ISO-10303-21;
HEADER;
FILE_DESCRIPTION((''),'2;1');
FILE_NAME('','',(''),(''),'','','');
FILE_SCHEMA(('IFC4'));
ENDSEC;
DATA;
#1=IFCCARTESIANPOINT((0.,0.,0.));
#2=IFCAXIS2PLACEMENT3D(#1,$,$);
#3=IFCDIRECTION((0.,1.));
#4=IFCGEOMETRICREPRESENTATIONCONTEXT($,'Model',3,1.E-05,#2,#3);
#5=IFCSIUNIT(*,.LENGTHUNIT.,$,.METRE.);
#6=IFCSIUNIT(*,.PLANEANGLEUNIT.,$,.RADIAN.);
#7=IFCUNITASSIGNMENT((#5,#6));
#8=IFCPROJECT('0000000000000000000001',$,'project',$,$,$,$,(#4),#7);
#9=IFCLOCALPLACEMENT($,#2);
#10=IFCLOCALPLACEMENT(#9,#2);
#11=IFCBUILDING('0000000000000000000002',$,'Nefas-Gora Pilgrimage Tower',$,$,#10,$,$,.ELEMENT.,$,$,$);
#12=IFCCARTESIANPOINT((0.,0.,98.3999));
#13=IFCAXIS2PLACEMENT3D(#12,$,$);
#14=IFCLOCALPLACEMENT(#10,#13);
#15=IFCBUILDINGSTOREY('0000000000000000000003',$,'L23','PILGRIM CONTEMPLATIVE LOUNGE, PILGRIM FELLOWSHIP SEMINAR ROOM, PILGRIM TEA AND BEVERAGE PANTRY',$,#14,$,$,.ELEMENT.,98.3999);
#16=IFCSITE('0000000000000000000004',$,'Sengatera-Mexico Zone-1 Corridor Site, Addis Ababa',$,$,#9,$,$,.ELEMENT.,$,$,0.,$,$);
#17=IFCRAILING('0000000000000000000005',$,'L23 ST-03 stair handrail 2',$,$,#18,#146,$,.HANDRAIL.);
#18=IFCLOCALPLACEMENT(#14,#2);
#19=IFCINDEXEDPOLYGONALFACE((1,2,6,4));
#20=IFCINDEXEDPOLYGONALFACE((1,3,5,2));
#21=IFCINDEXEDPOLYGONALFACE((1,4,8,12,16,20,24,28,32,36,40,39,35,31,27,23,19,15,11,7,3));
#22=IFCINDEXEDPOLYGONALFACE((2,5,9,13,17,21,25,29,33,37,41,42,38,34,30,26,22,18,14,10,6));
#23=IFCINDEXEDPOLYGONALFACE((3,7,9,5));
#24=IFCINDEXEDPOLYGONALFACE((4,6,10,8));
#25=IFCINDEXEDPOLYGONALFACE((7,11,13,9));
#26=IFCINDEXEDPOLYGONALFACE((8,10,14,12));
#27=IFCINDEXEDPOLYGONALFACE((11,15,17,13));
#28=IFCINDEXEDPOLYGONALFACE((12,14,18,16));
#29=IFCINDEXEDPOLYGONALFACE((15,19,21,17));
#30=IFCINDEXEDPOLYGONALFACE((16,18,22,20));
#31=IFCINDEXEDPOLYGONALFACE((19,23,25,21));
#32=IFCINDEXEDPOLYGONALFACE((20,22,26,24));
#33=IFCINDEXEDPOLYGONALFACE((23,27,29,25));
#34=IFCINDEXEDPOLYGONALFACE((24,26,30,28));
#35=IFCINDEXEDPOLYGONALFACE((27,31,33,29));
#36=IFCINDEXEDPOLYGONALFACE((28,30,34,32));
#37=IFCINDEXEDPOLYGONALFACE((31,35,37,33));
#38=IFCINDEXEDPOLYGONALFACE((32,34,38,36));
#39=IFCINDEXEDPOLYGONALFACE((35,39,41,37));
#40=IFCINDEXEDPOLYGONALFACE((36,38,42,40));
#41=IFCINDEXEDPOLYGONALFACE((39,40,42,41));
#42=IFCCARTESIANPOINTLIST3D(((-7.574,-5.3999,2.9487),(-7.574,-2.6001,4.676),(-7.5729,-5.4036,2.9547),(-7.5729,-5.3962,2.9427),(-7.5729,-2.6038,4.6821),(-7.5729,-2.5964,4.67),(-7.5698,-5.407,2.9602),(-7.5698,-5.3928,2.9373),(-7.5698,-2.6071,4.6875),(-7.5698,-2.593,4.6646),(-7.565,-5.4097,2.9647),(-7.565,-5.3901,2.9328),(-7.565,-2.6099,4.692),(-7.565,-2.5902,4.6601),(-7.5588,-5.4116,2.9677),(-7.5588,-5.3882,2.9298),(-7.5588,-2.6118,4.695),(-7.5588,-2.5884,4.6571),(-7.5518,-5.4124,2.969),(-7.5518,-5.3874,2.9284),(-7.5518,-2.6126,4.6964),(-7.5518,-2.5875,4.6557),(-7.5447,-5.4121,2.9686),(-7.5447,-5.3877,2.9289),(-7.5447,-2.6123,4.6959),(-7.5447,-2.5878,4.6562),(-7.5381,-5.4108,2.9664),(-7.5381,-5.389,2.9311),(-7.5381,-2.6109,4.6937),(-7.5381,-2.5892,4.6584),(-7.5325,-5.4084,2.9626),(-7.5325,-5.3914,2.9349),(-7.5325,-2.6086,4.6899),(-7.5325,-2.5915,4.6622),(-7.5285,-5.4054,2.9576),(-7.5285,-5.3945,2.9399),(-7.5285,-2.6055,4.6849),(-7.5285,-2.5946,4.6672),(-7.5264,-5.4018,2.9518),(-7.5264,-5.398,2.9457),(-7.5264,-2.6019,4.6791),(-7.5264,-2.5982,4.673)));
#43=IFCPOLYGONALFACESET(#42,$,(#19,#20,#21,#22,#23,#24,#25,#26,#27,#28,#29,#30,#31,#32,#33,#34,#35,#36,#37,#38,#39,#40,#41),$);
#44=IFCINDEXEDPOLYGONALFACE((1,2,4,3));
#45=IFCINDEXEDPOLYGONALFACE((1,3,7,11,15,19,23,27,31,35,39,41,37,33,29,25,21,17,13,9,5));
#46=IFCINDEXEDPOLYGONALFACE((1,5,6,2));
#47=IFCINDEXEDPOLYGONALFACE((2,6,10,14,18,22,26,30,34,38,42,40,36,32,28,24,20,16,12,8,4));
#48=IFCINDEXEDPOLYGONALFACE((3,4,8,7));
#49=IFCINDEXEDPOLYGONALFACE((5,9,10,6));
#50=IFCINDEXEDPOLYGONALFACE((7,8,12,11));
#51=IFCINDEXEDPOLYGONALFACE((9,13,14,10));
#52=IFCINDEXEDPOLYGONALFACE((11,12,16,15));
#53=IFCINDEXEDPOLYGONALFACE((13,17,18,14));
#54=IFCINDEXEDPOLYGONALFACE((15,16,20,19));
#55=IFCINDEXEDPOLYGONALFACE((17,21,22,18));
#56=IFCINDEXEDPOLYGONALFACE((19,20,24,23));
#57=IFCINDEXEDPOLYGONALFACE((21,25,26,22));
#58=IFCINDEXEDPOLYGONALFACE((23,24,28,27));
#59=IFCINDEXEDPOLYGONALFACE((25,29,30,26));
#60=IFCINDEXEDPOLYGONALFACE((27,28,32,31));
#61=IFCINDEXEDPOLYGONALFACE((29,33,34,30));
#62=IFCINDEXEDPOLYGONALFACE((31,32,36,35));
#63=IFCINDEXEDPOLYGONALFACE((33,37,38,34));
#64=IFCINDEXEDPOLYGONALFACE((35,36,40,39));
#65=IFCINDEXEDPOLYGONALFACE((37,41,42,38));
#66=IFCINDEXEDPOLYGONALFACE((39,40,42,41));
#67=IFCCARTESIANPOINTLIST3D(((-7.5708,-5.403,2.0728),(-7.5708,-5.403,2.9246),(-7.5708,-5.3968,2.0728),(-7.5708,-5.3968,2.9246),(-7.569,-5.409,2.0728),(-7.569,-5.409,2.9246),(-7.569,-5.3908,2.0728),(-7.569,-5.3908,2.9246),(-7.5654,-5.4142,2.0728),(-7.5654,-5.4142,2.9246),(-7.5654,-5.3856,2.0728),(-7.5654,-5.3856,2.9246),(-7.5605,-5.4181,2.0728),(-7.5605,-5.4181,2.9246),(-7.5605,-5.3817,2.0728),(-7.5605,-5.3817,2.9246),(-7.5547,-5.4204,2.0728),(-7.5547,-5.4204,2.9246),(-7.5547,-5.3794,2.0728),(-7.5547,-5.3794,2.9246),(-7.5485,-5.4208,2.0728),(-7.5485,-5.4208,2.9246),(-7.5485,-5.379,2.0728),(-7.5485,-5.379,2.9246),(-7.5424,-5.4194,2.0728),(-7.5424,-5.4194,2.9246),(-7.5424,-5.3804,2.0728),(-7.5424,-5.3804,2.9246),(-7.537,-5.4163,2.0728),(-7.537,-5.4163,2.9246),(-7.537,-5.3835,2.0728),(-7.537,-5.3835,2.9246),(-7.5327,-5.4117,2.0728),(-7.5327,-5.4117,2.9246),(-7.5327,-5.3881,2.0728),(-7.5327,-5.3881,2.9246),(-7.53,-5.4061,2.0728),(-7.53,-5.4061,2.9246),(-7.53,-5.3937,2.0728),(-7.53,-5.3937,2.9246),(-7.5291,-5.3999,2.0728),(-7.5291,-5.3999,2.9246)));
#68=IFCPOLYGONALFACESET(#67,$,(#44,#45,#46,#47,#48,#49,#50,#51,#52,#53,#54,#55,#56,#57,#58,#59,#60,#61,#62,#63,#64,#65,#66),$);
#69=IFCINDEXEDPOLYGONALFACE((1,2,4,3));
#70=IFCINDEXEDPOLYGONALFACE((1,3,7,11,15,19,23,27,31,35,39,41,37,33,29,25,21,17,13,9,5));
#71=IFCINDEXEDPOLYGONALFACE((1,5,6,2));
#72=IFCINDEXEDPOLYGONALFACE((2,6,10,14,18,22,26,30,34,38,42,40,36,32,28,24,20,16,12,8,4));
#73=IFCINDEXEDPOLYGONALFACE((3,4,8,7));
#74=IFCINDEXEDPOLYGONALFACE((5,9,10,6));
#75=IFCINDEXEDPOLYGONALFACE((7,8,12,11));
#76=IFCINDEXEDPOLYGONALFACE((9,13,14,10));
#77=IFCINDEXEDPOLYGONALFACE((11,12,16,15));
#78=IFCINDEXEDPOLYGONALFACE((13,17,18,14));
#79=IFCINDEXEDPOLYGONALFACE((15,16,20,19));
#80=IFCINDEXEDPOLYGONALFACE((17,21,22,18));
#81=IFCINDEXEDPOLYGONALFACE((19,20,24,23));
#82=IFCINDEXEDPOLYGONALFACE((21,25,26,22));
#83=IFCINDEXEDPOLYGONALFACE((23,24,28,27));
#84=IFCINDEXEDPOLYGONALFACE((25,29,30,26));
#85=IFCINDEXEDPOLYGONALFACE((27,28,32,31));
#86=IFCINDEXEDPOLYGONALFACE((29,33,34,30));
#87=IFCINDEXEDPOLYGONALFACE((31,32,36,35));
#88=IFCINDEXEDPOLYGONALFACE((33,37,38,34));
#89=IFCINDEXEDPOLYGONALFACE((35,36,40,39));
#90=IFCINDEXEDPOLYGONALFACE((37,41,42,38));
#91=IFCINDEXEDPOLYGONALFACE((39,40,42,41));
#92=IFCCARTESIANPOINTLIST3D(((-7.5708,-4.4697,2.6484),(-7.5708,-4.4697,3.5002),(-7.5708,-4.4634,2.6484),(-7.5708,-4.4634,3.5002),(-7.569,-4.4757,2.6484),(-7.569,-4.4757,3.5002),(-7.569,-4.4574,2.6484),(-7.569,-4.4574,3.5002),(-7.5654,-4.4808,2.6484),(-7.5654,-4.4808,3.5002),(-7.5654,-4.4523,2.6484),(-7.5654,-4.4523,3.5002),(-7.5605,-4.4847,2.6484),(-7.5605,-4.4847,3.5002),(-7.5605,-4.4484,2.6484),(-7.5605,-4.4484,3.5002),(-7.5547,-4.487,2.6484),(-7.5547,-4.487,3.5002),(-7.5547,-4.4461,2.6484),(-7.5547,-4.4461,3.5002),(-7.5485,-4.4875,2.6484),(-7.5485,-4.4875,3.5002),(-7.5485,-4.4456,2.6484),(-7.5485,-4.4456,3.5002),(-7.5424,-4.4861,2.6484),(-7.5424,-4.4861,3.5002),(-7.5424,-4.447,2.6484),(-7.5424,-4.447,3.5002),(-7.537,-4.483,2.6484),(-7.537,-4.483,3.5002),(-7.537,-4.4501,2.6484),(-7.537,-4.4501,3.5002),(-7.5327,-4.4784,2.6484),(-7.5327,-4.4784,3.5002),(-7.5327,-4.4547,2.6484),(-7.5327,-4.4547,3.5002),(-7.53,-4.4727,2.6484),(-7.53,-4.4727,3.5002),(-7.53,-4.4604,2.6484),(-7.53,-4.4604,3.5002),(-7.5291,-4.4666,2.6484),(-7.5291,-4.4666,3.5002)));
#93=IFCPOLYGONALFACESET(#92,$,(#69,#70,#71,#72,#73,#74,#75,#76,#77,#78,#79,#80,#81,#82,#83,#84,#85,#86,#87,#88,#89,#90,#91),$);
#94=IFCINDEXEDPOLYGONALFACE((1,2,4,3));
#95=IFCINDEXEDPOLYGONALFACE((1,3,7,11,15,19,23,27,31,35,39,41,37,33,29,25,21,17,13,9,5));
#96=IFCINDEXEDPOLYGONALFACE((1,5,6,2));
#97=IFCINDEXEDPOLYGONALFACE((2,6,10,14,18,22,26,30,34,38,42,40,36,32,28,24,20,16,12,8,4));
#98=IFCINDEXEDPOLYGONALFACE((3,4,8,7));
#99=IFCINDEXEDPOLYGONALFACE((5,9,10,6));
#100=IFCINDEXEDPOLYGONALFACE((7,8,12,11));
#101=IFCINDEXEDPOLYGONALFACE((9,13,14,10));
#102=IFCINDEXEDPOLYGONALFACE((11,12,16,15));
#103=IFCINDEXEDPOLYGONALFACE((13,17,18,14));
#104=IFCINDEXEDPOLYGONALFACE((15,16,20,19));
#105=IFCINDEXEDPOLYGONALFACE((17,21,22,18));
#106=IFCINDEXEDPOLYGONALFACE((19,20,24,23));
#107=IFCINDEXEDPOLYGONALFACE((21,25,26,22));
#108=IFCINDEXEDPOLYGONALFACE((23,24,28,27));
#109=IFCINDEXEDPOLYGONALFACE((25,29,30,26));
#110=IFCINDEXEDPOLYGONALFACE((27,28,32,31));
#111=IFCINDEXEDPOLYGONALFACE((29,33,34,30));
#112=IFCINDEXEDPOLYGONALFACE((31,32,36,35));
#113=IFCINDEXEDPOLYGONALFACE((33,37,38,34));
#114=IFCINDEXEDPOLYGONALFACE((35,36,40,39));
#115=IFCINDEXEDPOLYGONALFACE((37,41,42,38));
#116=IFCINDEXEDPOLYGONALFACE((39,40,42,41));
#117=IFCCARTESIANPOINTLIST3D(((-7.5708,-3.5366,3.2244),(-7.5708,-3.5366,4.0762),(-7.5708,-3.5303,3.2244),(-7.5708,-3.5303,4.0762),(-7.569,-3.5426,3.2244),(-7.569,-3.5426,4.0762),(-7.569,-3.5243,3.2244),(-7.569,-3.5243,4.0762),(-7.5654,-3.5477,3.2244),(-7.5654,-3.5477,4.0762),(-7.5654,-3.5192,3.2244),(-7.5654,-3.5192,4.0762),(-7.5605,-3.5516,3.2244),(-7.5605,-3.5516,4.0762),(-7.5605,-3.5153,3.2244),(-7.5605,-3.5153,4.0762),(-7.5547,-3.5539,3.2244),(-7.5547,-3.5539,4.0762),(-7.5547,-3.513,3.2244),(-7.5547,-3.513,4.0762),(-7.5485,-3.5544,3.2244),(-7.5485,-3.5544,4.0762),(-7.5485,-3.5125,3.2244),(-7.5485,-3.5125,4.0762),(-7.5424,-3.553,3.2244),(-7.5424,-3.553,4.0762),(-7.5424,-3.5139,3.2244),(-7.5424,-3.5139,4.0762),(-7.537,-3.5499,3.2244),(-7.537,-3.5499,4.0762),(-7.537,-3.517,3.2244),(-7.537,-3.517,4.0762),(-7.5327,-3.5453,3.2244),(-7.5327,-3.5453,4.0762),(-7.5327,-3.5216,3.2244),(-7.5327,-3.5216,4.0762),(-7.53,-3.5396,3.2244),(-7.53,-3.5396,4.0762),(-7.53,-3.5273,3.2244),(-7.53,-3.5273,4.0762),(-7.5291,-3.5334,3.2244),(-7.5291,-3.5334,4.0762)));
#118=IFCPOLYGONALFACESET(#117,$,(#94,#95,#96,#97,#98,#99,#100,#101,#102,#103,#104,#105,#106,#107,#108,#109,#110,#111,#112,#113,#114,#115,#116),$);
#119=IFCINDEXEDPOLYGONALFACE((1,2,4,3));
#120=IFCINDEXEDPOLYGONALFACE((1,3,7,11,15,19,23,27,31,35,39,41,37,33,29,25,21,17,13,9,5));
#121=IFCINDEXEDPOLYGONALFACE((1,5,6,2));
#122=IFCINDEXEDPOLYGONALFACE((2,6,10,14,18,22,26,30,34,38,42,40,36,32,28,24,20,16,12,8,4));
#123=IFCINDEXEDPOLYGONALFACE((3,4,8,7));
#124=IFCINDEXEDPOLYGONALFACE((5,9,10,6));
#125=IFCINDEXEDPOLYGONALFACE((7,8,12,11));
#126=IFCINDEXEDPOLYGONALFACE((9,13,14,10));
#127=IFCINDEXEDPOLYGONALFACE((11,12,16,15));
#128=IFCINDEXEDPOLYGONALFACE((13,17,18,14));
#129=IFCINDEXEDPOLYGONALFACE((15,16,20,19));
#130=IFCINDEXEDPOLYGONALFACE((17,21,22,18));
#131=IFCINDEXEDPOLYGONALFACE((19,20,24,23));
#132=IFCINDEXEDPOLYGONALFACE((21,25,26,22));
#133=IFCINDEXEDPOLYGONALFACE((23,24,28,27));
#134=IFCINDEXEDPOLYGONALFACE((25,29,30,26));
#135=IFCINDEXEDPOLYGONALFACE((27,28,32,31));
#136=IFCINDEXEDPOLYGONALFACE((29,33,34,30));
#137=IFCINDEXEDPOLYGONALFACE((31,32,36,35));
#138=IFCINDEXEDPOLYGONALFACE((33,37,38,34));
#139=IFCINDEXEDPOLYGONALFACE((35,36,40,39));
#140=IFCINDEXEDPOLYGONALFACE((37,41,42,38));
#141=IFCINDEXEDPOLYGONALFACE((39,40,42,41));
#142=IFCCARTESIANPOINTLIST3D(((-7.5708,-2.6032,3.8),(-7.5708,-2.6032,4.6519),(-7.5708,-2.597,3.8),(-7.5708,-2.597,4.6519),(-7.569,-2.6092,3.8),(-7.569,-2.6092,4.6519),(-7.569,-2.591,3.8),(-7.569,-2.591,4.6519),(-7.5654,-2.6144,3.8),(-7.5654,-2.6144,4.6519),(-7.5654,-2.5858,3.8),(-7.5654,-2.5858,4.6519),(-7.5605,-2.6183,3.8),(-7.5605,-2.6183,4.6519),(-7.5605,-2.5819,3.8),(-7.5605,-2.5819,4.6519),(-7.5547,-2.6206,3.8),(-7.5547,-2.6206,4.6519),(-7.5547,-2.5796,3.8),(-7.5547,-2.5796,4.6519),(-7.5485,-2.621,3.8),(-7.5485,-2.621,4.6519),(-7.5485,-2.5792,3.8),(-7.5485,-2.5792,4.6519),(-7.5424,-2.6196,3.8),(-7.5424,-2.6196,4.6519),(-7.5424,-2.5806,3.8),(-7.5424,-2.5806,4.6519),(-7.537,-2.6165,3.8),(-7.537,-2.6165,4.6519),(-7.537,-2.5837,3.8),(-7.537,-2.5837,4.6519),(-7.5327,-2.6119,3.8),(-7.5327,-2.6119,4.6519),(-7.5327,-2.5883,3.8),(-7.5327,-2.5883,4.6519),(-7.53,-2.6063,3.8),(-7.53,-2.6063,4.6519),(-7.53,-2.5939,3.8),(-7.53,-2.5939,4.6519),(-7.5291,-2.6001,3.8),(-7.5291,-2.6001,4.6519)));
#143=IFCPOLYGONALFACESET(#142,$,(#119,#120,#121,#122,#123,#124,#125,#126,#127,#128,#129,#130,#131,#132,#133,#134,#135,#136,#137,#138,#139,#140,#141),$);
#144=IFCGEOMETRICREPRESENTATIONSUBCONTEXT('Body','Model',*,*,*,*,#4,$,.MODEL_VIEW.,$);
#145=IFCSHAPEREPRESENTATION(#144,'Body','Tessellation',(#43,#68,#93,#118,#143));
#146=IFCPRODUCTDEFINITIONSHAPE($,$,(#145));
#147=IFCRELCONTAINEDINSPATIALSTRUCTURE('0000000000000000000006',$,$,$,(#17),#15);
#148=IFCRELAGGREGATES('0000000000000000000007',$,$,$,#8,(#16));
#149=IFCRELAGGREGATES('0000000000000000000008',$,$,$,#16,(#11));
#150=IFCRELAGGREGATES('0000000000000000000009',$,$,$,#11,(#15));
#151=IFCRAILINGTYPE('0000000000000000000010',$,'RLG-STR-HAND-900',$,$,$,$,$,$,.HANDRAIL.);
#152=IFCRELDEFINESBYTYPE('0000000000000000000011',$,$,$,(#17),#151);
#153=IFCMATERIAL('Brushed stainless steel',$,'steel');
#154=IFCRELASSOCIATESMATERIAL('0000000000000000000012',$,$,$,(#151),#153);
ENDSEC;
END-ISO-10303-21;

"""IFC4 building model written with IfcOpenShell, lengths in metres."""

from ifc_helpers import new_model, si_unit, direction, frame, origin, origin_2d, place, context, subcontext, project, spatial, circle, extrude, material, type_object, element, save


model = new_model("IFC4")

# Units and contexts
model_context = context("Model", 3, precision=1e-05, world=origin(), true_north=direction((0.0, 1.0)))
body_context = subcontext(model_context, "Body", "Model", "MODEL_VIEW")
ifc_project = project(units=[si_unit("LENGTHUNIT", "METRE"), si_unit("PLANEANGLEUNIT", "RADIAN")], contexts=[model_context])

# Site, building, storey
site_placement = place(None, origin())
site = spatial("IfcSite", under=ifc_project, at=site_placement, Name="Sengatera-Mexico Zone-1 Corridor Site, Addis Ababa", CompositionType="ELEMENT", RefElevation=0.0)
building_placement = place(site_placement, origin())
building = spatial("IfcBuilding", under=site, at=building_placement, Name="Nefas-Gora Pilgrimage Tower", CompositionType="ELEMENT")
storey_placement = place(building_placement, frame((0.0, 0.0, 98.3999)))
storey = spatial("IfcBuildingStorey", under=building, at=storey_placement, Name="L23", Description="PILGRIM CONTEMPLATIVE LOUNGE, PILGRIM FELLOWSHIP SEMINAR ROOM, PILGRIM TEA AND BEVERAGE PANTRY", CompositionType="ELEMENT", Elevation=98.3999)

# Railing
ifc_material_1 = material(Name="Brushed stainless steel", Category="steel")
railing_type_1 = type_object("IfcRailingType", Name="RLG-STR-HAND-900", PredefinedType="HANDRAIL", material=ifc_material_1)
railing_1_placement = place(storey_placement, frame((-7.55, -5.3999, 2.0728)))
element("IfcRailing", 1, at=railing_1_placement, inside=storey, type_object=railing_type_1, Name="L23 ST-03 stair handrail 2", PredefinedType="HANDRAIL", context=body_context, shape_type="SweptSolid", body=[
    extrude(circle(Radius=0.0239, at=origin_2d()), frame((0.0, 0.0, 0.876), z_axis=(0.0, 0.851069, 0.525054), x_axis=(-1.0, 0.0, 0.0)), (0.0, 0.0, 1.0), 3.2898),
    extrude(circle(Radius=0.021, at=origin_2d()), origin(), (0.0, 0.0, 1.0), 0.8518),
    extrude(circle(Radius=0.021, at=origin_2d()), frame((0.0, 0.9333, 0.5757)), (0.0, 0.0, 1.0), 0.8518),
    extrude(circle(Radius=0.021, at=origin_2d()), frame((0.0, 1.8665, 1.1516)), (0.0, 0.0, 1.0), 0.8518),
    extrude(circle(Radius=0.021, at=origin_2d()), frame((0.0, 2.7998, 1.7273)), (0.0, 0.0, 1.0), 0.8518),
])

save(model, "model.ifc")
